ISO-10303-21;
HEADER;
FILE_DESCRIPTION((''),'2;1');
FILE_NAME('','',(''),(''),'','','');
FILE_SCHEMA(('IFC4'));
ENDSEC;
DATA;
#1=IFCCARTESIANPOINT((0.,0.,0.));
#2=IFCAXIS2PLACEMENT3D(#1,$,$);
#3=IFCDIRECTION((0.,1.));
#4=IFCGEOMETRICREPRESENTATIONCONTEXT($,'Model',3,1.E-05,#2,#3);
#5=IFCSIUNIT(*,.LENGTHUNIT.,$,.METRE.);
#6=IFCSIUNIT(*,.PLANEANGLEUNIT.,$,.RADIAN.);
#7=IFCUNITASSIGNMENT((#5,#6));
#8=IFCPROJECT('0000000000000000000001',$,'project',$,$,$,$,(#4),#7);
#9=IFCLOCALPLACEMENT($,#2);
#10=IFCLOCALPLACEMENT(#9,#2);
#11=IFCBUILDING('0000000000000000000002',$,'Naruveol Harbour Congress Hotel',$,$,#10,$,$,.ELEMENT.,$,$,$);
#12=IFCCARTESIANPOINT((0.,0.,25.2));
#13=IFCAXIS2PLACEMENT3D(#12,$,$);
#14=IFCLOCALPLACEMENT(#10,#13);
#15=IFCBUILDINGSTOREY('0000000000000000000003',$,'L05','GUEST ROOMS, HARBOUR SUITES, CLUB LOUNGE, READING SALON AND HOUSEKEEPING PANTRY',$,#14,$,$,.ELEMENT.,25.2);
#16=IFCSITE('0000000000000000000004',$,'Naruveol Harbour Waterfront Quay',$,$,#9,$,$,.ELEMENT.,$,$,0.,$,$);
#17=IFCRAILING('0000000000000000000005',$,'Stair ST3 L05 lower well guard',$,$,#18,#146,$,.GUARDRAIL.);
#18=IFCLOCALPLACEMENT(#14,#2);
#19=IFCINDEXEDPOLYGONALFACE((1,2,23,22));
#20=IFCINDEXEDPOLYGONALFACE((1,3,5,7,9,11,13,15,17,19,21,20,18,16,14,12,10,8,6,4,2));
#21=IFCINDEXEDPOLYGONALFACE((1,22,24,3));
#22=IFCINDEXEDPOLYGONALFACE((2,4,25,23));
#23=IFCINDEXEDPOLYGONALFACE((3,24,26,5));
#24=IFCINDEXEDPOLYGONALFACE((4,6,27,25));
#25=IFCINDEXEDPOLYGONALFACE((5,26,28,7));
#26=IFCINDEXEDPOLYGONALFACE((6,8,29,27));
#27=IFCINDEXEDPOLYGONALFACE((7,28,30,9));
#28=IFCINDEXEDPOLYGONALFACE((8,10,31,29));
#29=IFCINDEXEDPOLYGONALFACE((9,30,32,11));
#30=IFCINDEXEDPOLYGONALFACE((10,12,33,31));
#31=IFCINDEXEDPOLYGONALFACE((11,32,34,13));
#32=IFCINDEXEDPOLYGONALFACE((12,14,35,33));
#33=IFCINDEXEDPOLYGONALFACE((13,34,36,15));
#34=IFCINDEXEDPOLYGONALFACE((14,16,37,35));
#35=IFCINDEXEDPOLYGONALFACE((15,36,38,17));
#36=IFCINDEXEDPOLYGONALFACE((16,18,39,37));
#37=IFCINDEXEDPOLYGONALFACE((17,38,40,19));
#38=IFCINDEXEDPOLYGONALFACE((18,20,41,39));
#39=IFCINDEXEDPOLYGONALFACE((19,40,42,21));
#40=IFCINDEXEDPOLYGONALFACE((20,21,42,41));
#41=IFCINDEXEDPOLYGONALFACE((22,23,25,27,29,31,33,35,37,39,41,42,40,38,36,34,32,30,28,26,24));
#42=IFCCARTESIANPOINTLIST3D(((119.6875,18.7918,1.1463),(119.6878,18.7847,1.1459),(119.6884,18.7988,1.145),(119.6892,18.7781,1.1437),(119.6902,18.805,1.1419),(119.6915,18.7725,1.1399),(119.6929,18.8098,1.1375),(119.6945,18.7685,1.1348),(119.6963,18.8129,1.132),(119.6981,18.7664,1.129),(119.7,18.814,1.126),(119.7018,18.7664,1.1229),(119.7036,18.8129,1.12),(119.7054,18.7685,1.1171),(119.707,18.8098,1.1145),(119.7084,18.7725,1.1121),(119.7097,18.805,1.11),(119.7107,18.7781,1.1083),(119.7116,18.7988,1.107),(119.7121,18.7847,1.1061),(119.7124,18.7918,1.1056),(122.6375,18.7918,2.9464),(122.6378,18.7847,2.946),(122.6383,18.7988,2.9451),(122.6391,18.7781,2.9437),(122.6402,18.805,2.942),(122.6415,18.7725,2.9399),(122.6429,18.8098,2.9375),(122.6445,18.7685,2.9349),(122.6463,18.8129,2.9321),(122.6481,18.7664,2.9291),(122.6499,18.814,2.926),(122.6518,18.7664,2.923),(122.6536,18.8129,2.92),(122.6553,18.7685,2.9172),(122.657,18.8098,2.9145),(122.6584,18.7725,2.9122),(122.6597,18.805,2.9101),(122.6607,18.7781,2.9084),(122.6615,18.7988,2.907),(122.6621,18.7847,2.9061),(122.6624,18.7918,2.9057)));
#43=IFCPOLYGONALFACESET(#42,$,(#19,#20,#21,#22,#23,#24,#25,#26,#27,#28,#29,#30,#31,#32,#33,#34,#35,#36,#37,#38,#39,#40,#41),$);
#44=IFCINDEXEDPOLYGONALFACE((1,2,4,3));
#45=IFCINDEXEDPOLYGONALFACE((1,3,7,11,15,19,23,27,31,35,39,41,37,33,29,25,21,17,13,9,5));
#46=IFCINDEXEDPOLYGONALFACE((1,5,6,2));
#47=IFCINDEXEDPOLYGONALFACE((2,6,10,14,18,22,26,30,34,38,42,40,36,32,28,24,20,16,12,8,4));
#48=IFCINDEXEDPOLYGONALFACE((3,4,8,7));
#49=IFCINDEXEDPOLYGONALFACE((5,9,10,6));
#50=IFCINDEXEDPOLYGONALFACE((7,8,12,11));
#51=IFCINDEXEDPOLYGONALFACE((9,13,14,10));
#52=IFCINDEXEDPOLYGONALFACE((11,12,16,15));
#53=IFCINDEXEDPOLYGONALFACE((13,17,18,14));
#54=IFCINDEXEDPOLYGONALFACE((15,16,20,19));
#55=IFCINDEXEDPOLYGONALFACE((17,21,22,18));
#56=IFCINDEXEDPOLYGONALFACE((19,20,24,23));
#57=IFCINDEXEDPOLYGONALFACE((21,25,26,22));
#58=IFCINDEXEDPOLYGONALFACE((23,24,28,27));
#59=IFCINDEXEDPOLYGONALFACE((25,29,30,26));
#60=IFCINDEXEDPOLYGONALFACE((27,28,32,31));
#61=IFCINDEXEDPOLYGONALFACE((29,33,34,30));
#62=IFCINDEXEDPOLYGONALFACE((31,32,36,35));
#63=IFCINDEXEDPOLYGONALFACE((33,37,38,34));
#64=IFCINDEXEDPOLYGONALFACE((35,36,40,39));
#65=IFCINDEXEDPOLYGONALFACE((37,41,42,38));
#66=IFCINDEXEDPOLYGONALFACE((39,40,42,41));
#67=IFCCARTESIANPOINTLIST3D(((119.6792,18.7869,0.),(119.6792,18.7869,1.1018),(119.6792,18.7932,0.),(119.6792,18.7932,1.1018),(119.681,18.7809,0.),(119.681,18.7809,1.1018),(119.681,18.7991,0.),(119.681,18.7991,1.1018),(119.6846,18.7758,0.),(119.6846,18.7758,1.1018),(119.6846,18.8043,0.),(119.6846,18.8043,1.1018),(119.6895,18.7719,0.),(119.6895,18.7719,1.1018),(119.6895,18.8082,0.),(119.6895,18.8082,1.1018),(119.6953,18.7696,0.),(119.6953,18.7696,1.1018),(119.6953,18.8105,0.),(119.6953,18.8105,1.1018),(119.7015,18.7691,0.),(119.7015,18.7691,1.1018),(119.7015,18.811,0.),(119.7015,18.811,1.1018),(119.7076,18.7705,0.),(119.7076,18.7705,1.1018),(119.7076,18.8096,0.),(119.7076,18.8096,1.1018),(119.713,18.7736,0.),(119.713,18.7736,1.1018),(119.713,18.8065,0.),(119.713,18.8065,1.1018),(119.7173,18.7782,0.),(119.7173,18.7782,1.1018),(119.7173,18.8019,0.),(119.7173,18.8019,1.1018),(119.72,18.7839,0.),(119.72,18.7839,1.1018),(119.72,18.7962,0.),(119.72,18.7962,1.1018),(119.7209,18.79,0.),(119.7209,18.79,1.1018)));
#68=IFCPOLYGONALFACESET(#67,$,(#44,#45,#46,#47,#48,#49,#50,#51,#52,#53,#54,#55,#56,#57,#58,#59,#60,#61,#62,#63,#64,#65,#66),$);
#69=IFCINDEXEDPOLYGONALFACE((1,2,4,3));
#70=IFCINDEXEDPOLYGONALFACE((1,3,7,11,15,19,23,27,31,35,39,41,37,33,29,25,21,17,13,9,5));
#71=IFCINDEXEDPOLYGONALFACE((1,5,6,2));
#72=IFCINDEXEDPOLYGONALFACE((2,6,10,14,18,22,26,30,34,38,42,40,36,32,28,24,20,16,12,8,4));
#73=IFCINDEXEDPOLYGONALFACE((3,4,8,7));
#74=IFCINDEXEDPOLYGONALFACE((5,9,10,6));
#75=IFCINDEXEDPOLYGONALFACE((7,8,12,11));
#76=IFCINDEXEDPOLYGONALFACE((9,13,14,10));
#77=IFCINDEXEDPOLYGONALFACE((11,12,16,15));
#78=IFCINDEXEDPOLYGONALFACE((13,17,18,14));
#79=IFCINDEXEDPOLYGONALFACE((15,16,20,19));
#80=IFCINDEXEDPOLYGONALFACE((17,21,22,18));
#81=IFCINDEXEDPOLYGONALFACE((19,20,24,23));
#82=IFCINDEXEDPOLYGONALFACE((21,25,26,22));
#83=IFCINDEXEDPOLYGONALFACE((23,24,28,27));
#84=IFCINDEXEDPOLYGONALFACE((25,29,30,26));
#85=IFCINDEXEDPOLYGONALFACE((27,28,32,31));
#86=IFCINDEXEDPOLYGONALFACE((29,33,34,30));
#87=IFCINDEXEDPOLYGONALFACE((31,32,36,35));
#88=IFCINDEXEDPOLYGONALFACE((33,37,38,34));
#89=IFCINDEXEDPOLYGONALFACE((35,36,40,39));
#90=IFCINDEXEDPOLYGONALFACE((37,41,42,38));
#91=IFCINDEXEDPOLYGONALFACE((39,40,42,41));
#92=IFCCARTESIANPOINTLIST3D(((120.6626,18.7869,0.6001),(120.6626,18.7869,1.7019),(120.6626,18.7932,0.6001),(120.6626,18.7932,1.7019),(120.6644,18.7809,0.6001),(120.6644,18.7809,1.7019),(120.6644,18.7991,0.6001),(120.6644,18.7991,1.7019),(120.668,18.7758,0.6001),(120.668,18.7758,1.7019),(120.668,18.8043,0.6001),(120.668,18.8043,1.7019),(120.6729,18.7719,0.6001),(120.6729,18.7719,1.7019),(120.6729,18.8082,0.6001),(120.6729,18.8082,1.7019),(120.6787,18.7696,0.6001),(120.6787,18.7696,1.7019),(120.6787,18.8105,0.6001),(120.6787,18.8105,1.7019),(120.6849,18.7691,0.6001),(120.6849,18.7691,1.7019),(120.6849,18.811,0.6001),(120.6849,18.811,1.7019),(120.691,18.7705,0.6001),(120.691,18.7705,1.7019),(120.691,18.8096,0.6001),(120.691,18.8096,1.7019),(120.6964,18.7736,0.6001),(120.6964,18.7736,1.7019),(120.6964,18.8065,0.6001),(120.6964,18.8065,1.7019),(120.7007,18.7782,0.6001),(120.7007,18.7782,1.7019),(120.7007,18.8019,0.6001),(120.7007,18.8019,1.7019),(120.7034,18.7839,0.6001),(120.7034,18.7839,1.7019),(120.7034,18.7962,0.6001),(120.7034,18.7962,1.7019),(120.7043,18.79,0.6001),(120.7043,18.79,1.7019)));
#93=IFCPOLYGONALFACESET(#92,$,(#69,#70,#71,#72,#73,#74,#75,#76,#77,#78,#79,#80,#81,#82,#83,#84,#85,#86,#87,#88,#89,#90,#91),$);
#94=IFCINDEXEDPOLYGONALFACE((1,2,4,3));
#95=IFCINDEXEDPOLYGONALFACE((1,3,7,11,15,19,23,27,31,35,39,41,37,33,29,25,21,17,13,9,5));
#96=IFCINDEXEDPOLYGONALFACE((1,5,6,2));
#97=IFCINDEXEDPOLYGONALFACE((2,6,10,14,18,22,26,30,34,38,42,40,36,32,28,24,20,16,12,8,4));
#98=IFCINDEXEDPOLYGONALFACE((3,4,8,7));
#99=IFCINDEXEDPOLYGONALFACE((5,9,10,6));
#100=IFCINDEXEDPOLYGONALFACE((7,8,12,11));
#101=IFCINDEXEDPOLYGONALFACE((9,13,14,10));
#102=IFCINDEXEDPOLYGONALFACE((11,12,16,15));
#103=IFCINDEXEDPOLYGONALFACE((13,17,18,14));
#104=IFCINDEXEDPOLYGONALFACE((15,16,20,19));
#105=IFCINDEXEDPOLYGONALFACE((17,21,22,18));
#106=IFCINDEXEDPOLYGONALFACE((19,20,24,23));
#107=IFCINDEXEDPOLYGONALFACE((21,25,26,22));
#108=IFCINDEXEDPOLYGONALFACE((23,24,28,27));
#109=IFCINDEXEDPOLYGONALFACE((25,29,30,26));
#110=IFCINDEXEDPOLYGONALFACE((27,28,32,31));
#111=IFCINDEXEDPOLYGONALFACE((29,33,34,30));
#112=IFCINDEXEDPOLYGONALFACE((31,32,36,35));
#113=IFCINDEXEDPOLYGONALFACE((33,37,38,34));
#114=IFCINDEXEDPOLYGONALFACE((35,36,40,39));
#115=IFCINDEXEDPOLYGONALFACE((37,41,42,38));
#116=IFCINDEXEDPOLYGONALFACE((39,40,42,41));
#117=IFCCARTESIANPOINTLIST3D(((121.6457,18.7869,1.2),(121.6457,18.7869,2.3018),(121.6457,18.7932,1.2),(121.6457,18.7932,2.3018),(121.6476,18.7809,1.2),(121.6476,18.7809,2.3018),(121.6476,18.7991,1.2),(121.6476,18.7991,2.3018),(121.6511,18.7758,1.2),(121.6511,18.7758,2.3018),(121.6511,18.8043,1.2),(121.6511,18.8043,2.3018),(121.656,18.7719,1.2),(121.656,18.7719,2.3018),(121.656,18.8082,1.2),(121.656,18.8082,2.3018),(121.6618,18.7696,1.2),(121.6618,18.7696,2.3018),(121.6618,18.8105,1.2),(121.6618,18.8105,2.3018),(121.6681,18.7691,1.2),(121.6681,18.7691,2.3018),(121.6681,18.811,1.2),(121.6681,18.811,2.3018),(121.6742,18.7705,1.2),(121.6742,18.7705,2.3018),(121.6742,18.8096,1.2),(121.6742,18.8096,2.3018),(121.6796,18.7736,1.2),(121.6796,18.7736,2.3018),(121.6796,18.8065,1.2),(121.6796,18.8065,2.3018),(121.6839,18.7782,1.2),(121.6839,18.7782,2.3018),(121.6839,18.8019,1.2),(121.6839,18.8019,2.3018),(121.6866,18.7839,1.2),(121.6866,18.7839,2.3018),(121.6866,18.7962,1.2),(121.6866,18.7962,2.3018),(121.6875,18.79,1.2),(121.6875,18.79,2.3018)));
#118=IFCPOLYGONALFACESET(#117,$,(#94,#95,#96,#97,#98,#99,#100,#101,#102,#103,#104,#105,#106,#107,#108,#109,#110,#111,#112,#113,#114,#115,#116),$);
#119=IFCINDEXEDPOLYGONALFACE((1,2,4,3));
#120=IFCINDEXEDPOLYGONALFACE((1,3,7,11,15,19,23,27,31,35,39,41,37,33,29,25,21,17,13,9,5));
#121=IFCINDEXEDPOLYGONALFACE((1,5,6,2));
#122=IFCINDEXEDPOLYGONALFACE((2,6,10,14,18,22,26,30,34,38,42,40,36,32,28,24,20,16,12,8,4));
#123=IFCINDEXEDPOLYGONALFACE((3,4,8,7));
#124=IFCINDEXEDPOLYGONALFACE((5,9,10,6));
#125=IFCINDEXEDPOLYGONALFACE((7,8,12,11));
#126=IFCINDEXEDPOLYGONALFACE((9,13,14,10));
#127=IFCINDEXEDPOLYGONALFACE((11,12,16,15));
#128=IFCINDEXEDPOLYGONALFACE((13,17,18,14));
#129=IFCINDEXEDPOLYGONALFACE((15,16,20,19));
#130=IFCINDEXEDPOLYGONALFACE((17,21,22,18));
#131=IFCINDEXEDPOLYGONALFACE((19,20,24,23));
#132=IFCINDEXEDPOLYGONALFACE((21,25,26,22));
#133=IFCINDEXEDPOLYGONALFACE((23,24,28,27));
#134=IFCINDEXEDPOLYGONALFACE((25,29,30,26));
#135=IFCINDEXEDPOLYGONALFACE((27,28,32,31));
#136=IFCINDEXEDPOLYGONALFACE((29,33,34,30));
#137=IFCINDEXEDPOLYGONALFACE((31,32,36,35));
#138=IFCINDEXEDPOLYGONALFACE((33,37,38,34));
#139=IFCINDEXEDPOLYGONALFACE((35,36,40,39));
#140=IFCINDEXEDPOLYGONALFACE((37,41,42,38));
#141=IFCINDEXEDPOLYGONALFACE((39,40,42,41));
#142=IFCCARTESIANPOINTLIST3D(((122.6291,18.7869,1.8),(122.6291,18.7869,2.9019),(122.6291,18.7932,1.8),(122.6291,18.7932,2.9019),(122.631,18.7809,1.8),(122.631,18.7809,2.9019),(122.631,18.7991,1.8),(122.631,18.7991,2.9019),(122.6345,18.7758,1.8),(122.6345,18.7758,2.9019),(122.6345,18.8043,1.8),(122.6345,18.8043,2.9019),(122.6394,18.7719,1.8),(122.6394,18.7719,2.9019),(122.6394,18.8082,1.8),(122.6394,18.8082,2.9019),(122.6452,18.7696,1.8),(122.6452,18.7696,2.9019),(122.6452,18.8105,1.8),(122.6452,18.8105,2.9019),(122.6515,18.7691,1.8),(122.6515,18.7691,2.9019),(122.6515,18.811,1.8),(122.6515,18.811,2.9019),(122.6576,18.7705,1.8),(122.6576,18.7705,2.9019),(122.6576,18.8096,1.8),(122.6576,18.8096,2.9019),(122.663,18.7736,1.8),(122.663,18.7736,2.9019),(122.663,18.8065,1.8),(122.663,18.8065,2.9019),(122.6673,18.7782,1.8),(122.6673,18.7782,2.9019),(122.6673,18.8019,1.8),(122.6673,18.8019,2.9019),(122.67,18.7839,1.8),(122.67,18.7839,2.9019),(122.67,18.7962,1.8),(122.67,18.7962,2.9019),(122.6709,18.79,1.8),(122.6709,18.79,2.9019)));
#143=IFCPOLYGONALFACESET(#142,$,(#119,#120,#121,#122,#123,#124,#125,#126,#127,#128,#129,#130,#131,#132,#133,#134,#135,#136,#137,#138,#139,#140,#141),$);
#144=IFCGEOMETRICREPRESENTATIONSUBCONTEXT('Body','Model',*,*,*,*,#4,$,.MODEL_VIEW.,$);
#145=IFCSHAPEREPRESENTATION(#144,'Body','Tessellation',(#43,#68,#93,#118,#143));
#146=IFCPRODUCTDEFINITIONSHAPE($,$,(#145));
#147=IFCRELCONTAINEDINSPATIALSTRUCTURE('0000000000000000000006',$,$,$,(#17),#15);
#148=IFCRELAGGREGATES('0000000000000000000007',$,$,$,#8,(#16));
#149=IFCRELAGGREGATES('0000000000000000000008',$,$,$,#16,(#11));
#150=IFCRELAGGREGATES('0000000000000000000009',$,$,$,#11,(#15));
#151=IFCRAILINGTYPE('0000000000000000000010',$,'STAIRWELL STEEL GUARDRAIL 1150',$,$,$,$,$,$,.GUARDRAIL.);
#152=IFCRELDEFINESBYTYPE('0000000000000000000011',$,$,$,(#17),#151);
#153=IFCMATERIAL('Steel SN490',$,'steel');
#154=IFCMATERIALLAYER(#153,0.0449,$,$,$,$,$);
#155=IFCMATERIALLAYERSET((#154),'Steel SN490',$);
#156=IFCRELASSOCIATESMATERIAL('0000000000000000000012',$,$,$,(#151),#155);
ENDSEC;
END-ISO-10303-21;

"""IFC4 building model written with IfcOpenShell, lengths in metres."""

from ifc_helpers import new_model, si_unit, direction, frame, origin, origin_2d, place, context, subcontext, project, spatial, circle, extrude, material, layer, layer_set, type_object, element, save


model = new_model("IFC4")

# Units and contexts
model_context = context("Model", 3, precision=1e-05, world=origin(), true_north=direction((0.0, 1.0)))
body_context = subcontext(model_context, "Body", "Model", "MODEL_VIEW")
ifc_project = project(units=[si_unit("LENGTHUNIT", "METRE"), si_unit("PLANEANGLEUNIT", "RADIAN")], contexts=[model_context])

# Site, building, storey
site_placement = place(None, origin())
site = spatial("IfcSite", under=ifc_project, at=site_placement, Name="Naruveol Harbour Waterfront Quay", CompositionType="ELEMENT", RefElevation=0.0)
building_placement = place(site_placement, origin())
building = spatial("IfcBuilding", under=site, at=building_placement, Name="Naruveol Harbour Congress Hotel", CompositionType="ELEMENT")
storey_placement = place(building_placement, frame((0.0, 0.0, 25.2)))
storey = spatial("IfcBuildingStorey", under=building, at=storey_placement, Name="L05", Description="GUEST ROOMS, HARBOUR SUITES, CLUB LOUNGE, READING SALON AND HOUSEKEEPING PANTRY", CompositionType="ELEMENT", Elevation=25.2)

# Railing
ifc_material_1 = material(Name="Steel SN490", Category="steel")
ifc_layer_1 = layer(ifc_material_1, 0.0449)
ifc_layer_set_1 = layer_set([ifc_layer_1], Name="Steel SN490")
railing_type_1 = type_object("IfcRailingType", Name="STAIRWELL STEEL GUARDRAIL 1150", PredefinedType="GUARDRAIL", material=ifc_layer_set_1)
railing_1_placement = place(storey_placement, frame((119.7, 18.79, 0.0)))
element("IfcRailing", 1, at=railing_1_placement, inside=storey, type_object=railing_type_1, Name="Stair ST3 L05 lower well guard", PredefinedType="GUARDRAIL", context=body_context, shape_type="SweptSolid", body=[
    extrude(circle(Radius=0.0239, at=origin_2d()), frame((0.0, 0.0, 1.126), z_axis=(0.853629, 0.0, 0.520881), x_axis=(0.0, 1.0, 0.0)), (0.0, 0.0, 1.0), 3.4558),
    extrude(circle(Radius=0.021, at=origin_2d()), origin(), (0.0, 0.0, 1.0), 1.1018),
    extrude(circle(Radius=0.021, at=origin_2d()), frame((0.9834, 0.0, 0.6001)), (0.0, 0.0, 1.0), 1.1018),
    extrude(circle(Radius=0.021, at=origin_2d()), frame((1.9666, 0.0, 1.2)), (0.0, 0.0, 1.0), 1.1018),
    extrude(circle(Radius=0.021, at=origin_2d()), frame((2.95, 0.0, 1.8)), (0.0, 0.0, 1.0), 1.1018),
])

save(model, "model.ifc")
